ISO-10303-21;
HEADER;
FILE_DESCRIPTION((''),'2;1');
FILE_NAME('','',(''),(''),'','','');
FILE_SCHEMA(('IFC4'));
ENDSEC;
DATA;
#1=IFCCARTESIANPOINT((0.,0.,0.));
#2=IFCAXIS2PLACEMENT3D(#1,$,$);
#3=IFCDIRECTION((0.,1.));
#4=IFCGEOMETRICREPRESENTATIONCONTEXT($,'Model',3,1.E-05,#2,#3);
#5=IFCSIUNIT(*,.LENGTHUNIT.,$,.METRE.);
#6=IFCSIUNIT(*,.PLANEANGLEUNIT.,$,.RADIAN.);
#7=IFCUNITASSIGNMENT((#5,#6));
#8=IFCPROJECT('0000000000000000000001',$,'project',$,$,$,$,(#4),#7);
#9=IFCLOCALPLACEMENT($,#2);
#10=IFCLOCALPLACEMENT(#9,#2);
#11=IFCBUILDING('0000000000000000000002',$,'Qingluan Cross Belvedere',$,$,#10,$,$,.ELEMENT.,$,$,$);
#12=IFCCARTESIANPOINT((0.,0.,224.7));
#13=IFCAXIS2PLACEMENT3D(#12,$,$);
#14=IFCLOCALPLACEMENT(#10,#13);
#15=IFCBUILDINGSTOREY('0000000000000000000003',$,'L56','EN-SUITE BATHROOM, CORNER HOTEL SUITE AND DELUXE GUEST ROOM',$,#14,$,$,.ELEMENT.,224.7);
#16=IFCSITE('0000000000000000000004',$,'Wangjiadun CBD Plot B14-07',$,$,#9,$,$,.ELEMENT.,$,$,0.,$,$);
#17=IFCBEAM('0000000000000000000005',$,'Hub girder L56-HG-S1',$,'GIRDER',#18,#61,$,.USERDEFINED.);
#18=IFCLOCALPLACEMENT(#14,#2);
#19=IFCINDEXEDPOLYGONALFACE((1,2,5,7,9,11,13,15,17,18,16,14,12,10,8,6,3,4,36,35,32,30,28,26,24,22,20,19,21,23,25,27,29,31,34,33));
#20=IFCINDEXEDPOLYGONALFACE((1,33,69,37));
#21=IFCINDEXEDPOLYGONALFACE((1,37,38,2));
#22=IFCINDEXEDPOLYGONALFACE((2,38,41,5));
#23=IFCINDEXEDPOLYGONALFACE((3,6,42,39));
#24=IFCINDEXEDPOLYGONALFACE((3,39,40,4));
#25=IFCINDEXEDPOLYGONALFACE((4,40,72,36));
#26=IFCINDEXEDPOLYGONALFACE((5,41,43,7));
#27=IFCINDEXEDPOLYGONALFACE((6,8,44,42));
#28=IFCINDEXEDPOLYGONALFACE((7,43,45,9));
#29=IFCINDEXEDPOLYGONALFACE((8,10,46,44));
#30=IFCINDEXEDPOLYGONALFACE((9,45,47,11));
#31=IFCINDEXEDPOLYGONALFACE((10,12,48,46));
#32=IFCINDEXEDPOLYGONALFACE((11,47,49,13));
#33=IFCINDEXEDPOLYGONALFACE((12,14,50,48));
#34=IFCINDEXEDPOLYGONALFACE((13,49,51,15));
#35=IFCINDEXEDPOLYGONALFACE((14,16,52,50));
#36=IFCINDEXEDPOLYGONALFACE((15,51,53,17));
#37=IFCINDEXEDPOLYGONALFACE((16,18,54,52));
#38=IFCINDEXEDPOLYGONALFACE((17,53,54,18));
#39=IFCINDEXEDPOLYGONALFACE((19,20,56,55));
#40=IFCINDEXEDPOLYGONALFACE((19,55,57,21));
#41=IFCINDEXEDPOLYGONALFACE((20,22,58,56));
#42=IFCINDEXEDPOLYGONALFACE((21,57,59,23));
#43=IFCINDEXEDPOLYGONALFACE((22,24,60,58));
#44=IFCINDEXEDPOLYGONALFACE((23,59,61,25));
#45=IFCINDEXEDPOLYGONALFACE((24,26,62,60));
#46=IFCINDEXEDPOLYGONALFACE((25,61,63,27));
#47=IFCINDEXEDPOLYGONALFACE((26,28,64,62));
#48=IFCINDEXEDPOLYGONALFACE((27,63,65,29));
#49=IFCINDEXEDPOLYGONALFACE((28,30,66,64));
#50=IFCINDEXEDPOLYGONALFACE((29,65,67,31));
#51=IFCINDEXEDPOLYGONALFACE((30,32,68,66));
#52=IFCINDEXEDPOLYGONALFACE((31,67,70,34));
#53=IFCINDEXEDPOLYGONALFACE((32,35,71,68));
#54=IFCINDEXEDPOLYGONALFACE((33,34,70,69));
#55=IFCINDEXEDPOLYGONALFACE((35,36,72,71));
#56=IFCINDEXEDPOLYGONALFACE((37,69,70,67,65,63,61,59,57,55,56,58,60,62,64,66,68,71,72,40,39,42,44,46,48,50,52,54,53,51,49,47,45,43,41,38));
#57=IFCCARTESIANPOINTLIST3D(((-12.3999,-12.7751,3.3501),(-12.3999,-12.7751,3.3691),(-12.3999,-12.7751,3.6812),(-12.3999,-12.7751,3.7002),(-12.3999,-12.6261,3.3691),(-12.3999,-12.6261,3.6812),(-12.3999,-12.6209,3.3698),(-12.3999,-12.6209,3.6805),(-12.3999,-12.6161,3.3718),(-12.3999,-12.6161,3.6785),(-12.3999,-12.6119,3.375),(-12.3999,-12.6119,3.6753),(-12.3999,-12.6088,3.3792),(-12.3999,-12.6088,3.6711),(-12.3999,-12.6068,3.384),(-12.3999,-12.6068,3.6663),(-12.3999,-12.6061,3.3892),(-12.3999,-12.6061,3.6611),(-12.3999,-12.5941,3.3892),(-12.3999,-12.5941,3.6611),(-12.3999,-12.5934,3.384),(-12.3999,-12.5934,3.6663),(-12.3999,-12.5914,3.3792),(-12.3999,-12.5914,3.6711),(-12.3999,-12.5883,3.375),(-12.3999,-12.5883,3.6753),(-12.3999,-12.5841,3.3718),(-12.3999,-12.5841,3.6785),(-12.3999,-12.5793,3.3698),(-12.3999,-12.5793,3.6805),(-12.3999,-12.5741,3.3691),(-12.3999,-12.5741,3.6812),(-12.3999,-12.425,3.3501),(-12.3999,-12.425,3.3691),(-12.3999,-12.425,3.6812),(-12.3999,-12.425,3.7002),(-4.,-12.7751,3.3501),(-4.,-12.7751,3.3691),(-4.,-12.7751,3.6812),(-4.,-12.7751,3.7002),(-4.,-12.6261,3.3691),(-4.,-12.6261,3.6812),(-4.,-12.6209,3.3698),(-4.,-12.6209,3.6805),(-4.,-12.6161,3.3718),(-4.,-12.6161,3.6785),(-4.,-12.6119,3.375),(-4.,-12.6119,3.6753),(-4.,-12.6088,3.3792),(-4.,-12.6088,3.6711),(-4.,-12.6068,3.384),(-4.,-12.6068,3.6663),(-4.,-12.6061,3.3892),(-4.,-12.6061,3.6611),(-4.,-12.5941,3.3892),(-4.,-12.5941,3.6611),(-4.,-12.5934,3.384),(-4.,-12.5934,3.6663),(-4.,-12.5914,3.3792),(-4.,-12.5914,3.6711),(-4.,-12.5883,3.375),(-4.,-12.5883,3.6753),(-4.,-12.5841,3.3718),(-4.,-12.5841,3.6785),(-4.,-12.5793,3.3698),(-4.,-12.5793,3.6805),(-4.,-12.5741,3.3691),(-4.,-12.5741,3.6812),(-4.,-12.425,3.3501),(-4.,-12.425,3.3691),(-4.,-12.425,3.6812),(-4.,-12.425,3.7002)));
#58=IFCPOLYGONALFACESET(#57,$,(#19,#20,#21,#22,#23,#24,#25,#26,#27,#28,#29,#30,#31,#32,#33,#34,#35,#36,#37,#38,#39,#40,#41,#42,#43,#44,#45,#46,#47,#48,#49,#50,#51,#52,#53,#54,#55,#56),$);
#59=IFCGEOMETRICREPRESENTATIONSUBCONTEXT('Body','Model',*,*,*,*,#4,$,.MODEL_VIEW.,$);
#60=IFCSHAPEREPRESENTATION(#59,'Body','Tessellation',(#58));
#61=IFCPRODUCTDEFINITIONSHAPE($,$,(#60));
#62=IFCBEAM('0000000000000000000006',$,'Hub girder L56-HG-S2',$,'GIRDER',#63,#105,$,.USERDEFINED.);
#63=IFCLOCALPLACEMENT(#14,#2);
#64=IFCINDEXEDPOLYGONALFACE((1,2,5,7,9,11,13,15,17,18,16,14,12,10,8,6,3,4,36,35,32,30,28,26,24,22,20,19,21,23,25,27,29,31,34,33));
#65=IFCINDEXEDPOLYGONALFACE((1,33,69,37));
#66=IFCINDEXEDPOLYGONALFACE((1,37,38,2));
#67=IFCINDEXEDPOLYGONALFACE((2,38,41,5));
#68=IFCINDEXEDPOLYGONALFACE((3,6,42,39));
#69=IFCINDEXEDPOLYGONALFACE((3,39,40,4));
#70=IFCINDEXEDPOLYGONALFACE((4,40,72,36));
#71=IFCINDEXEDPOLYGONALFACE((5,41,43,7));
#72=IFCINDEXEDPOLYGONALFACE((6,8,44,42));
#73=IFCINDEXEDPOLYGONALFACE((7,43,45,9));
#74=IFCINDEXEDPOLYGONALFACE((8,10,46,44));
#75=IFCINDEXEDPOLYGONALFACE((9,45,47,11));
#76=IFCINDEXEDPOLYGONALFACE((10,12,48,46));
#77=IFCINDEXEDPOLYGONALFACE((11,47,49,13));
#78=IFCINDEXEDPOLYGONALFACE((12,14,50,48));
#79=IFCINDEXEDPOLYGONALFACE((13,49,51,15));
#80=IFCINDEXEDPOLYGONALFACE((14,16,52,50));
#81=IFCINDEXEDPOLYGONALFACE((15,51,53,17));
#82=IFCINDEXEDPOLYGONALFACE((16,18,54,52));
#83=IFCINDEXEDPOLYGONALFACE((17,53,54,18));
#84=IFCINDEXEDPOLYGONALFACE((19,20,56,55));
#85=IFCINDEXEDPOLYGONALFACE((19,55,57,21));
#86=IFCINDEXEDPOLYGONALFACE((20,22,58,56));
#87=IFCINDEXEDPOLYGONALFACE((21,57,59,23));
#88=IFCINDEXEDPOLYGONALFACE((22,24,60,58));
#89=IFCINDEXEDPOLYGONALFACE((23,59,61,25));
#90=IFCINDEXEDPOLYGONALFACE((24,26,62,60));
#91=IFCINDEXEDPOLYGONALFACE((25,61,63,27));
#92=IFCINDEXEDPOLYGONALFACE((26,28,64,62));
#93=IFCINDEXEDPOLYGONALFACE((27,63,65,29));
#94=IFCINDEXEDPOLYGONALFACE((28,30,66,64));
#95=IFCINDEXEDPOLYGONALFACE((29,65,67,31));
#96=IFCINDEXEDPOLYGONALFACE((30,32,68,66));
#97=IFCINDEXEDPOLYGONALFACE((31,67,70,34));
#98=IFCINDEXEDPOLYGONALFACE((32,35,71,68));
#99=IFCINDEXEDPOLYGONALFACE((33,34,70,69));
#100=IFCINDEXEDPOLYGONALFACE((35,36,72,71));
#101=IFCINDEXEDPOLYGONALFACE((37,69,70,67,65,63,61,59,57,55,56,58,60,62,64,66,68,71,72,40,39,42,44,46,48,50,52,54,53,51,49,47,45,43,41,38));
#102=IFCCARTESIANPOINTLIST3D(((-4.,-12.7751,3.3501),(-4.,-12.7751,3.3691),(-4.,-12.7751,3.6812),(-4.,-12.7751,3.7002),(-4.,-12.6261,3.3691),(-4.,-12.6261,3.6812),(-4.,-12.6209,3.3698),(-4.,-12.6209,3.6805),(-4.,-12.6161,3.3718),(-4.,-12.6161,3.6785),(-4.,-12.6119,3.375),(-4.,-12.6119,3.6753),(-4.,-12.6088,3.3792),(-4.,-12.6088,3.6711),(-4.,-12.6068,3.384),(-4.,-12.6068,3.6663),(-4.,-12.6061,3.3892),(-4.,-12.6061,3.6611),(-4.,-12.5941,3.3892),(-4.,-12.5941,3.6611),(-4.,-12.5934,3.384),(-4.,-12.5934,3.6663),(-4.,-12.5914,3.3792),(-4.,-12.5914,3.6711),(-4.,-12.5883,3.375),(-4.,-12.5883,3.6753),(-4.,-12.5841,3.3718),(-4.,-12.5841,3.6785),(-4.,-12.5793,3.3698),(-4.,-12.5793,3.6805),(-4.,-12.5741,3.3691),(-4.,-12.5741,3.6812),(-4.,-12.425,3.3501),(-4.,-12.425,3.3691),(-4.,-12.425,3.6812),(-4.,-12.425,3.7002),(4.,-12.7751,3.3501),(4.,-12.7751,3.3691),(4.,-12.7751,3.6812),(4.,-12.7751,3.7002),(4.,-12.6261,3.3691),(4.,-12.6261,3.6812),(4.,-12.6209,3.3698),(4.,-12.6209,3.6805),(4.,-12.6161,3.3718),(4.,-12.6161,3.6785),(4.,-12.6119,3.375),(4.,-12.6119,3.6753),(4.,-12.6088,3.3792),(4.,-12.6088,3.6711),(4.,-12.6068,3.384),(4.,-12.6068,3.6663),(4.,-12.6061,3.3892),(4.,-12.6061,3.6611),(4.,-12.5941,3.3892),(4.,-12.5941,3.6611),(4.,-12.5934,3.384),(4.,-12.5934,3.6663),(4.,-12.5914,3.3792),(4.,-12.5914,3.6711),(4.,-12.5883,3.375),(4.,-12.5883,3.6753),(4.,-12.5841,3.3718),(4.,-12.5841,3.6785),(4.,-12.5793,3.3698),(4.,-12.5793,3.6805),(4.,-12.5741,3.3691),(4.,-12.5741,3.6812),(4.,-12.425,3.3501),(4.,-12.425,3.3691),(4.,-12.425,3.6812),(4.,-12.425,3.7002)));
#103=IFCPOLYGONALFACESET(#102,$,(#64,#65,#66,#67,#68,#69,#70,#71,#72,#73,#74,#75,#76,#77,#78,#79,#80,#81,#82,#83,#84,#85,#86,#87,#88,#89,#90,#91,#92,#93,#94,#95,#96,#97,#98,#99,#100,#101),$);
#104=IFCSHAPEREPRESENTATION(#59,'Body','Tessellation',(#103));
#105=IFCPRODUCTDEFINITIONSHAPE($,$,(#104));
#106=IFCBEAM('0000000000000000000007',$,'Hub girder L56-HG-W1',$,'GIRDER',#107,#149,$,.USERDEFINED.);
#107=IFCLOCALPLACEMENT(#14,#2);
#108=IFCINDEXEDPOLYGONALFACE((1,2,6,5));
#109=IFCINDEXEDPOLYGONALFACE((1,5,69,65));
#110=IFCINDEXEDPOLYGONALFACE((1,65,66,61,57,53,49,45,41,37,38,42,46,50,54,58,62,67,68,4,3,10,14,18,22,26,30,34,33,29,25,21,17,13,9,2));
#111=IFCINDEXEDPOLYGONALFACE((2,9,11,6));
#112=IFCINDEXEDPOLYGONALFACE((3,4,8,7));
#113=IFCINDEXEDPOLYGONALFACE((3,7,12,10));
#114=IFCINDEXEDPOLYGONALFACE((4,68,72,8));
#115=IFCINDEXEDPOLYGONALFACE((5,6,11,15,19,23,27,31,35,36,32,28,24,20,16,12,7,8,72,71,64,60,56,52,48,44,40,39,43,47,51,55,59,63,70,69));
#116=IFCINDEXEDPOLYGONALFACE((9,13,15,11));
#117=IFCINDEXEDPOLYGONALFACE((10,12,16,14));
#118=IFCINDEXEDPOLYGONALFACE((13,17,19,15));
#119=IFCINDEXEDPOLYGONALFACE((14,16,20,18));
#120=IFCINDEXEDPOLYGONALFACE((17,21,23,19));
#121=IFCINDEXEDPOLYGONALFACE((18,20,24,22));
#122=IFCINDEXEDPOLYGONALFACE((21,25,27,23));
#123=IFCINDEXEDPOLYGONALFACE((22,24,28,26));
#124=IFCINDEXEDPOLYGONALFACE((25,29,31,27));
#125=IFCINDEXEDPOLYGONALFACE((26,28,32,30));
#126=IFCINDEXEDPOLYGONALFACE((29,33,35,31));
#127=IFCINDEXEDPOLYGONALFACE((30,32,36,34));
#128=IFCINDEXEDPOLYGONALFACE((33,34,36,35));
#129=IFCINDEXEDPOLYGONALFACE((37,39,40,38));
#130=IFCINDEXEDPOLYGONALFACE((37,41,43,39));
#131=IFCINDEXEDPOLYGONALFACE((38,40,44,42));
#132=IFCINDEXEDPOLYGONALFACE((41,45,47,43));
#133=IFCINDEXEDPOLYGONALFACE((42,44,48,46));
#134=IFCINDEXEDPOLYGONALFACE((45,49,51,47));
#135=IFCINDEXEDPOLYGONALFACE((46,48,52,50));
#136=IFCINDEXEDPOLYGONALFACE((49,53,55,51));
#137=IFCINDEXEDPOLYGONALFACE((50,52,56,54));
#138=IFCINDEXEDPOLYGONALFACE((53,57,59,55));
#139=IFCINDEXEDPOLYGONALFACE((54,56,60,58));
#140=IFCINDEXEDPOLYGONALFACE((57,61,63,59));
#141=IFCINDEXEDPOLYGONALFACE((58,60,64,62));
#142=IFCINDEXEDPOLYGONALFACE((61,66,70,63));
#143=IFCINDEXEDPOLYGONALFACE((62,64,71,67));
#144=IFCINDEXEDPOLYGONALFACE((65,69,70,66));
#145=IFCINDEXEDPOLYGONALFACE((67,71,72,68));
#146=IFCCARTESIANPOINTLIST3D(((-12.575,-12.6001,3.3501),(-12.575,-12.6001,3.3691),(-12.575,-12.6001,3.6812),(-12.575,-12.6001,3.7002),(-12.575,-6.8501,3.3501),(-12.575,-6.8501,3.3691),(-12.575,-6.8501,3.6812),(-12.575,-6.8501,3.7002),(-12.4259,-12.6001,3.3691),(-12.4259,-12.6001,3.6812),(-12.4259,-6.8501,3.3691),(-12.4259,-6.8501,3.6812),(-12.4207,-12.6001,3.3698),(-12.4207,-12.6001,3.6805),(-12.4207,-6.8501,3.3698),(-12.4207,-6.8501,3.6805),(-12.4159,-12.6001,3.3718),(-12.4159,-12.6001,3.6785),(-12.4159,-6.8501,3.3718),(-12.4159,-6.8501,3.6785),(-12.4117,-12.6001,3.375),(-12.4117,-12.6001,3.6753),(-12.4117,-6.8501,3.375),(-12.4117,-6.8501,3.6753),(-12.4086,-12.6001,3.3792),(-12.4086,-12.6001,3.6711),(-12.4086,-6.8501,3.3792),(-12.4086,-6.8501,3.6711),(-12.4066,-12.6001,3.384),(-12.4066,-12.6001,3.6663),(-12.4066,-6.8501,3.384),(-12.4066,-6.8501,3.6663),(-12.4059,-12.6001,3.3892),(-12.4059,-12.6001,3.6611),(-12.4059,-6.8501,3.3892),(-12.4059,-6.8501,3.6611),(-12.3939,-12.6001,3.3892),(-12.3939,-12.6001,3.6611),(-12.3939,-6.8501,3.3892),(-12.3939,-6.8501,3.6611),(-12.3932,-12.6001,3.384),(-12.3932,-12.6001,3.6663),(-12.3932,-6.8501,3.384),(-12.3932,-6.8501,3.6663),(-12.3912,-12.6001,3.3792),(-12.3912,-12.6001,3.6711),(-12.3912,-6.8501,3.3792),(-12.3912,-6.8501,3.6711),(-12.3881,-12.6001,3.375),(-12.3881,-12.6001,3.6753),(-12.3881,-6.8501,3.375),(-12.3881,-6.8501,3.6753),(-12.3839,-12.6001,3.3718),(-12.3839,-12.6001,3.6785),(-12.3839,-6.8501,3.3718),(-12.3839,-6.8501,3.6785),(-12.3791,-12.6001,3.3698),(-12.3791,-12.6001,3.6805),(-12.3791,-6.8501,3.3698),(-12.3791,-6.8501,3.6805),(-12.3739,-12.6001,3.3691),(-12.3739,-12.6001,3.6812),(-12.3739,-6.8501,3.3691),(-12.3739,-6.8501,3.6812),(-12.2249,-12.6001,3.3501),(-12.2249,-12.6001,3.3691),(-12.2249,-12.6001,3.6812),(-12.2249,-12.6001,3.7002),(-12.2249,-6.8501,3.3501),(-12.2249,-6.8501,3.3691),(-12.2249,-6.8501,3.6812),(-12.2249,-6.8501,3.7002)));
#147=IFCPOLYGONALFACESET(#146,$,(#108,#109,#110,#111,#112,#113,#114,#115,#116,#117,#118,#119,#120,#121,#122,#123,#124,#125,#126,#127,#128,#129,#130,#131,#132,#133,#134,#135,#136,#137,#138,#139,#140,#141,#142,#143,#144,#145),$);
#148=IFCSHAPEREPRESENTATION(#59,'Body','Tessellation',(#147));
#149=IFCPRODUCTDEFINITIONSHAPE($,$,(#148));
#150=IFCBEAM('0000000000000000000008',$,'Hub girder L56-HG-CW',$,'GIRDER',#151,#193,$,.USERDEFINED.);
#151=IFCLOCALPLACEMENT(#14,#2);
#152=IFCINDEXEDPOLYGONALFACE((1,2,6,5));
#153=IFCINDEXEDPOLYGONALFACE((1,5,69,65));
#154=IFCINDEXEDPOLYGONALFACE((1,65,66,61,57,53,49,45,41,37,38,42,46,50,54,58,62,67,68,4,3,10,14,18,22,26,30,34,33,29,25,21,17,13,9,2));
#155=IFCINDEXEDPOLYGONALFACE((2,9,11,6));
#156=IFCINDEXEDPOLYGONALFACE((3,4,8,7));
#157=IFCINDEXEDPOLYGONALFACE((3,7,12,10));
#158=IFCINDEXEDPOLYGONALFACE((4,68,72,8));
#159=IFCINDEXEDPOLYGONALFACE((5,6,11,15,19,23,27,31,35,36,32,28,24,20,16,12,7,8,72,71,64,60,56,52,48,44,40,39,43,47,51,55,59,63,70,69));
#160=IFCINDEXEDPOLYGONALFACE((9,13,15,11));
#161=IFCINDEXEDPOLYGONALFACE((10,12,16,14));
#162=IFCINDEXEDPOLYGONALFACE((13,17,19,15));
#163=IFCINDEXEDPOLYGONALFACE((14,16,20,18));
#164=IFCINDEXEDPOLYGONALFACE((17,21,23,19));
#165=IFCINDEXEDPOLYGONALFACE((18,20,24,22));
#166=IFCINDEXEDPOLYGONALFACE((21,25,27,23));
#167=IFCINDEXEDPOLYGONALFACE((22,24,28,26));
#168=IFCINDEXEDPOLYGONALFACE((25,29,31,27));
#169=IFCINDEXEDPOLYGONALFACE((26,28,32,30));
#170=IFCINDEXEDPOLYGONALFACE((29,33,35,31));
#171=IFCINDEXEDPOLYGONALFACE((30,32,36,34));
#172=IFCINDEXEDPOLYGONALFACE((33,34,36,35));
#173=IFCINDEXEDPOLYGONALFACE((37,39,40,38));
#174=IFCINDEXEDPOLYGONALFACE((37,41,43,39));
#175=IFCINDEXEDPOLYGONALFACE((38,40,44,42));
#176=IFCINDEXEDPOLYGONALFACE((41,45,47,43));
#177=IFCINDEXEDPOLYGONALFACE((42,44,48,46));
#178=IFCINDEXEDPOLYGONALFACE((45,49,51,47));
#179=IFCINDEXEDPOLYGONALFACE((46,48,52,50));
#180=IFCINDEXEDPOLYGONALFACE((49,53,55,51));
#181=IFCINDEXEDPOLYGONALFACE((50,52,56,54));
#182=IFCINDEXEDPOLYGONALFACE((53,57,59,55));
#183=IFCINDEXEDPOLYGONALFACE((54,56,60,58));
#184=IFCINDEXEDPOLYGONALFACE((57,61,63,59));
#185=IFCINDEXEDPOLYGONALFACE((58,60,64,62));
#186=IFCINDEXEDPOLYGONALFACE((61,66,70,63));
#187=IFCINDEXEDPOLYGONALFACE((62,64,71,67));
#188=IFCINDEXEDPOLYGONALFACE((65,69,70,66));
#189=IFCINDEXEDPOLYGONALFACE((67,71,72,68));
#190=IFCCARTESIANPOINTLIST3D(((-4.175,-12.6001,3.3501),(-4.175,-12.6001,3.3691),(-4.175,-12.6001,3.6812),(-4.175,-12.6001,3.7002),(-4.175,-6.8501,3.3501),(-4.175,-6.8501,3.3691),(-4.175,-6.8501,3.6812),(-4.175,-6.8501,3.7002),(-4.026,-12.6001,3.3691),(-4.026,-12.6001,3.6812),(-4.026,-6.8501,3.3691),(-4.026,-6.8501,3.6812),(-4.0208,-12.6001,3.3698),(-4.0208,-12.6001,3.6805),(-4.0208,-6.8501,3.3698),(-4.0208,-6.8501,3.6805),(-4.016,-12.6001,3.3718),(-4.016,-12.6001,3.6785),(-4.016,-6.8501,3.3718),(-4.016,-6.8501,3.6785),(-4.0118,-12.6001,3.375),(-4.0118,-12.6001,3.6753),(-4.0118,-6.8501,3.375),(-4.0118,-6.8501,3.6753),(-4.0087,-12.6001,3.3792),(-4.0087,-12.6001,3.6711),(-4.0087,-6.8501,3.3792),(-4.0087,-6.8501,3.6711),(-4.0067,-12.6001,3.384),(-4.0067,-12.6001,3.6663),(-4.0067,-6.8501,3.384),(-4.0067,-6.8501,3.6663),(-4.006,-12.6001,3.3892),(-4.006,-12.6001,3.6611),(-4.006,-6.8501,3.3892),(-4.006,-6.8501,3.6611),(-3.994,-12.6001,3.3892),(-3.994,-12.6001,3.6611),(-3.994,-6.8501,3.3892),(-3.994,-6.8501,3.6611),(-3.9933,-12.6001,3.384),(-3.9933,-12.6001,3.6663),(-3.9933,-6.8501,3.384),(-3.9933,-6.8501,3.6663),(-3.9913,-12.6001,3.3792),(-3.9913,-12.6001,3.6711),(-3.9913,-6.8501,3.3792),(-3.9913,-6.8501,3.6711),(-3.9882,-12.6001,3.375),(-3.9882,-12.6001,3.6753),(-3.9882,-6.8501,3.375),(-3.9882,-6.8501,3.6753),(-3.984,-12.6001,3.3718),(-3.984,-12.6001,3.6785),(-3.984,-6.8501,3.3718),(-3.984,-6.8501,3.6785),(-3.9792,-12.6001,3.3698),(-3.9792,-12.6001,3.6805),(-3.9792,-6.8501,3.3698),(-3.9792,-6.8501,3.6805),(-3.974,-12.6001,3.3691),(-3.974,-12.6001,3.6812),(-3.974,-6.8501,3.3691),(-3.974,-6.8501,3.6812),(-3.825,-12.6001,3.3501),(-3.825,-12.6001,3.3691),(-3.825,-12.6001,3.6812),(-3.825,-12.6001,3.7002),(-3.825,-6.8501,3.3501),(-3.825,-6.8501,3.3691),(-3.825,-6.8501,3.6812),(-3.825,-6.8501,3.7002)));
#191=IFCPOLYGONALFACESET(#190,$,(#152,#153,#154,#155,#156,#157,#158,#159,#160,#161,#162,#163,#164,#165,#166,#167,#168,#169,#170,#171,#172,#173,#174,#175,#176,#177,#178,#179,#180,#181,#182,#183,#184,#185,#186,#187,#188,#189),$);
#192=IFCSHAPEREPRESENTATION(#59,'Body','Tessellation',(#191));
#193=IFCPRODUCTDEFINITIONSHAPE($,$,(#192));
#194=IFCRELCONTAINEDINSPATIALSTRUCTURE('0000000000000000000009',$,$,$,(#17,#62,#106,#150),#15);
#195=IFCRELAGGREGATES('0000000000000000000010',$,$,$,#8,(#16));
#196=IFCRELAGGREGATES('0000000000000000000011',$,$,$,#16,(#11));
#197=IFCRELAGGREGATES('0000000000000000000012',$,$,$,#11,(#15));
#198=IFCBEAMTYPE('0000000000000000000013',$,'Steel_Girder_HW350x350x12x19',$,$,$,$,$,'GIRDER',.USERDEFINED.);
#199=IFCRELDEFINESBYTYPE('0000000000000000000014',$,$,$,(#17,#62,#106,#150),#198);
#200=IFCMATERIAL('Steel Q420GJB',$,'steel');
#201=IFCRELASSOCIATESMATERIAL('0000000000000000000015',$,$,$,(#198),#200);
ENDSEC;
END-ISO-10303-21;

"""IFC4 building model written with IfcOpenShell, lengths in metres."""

from ifc_helpers import new_model, si_unit, direction, frame, origin, origin_2d, place, context, subcontext, project, spatial, i_section, extrude, material, material_profile, profile_set, type_object, element, save


model = new_model("IFC4")

# Units and contexts
model_context = context("Model", 3, precision=1e-05, world=origin(), true_north=direction((0.0, 1.0)))
body_context = subcontext(model_context, "Body", "Model", "MODEL_VIEW")
ifc_project = project(units=[si_unit("LENGTHUNIT", "METRE"), si_unit("PLANEANGLEUNIT", "RADIAN")], contexts=[model_context])

# Site, building, storey
site_placement = place(None, origin())
site = spatial("IfcSite", under=ifc_project, at=site_placement, Name="Wangjiadun CBD Plot B14-07", CompositionType="ELEMENT", RefElevation=0.0)
building_placement = place(site_placement, origin())
building = spatial("IfcBuilding", under=site, at=building_placement, Name="Qingluan Cross Belvedere", CompositionType="ELEMENT")
storey_placement = place(building_placement, frame((0.0, 0.0, 224.7)))
storey = spatial("IfcBuildingStorey", under=building, at=storey_placement, Name="L56", Description="EN-SUITE BATHROOM, CORNER HOTEL SUITE AND DELUXE GUEST ROOM", CompositionType="ELEMENT", Elevation=224.7)

# Beams
ifc_material_1 = material(Name="Steel Q420GJB", Category="steel")
ifc_material_profile_1 = material_profile(ifc_material_1, i_section(OverallWidth=0.3501, OverallDepth=0.3501, WebThickness=0.012, FlangeThickness=0.019, FilletRadius=0.02, at=origin_2d()), Name="HW350x350x12x19")
ifc_profile_set_1 = profile_set([ifc_material_profile_1], Name="Steel Q420GJB")
beam_type_1 = type_object("IfcBeamType", Name="Steel_Girder_HW350x350x12x19", ElementType="GIRDER", PredefinedType="USERDEFINED", material=ifc_profile_set_1)
beam_1_placement = place(storey_placement, frame((-12.3999, -12.6001, 3.5251), z_axis=(1.0, 0.0, 0.0), x_axis=(0.0, 1.0, 0.0)))
element("IfcBeam", 1, at=beam_1_placement, inside=storey, type_object=beam_type_1, Name="Hub girder L56-HG-S1", ObjectType="GIRDER", PredefinedType="USERDEFINED", context=body_context, shape_type="SweptSolid", body=[
    extrude(i_section(OverallWidth=0.3501, OverallDepth=0.3501, WebThickness=0.012, FlangeThickness=0.019, FilletRadius=0.02, at=origin_2d()), origin(), (0.0, 0.0, 1.0), 8.3999),
])
beam_2_placement = place(storey_placement, frame((-4.0, -12.6001, 3.5251), z_axis=(1.0, 0.0, 0.0), x_axis=(0.0, 1.0, 0.0)))
element("IfcBeam", 2, at=beam_2_placement, inside=storey, type_object=beam_type_1, Name="Hub girder L56-HG-S2", ObjectType="GIRDER", PredefinedType="USERDEFINED", context=body_context, shape_type="SweptSolid", body=[
    extrude(i_section(OverallWidth=0.3501, OverallDepth=0.3501, WebThickness=0.012, FlangeThickness=0.019, FilletRadius=0.02, at=origin_2d()), origin(), (0.0, 0.0, 1.0), 8.0),
])
for number, where, z_axis, x_axis, name in (
    (3, (-12.3999, -12.6001, 3.5251), (0.0, 1.0, 0.0), (-1.0, 0.0, 0.0), "Hub girder L56-HG-W1"),
    (4, (-4.0, -12.6001, 3.5251), (0.0, 1.0, 0.0), (-1.0, 0.0, 0.0), "Hub girder L56-HG-CW"),
):
    element("IfcBeam", number, at=place(storey_placement, frame(where, z_axis=z_axis, x_axis=x_axis)), inside=storey, type_object=beam_type_1, Name=name, ObjectType="GIRDER", PredefinedType="USERDEFINED", context=body_context, shape_type="SweptSolid", body=[
        extrude(i_section(OverallWidth=0.3501, OverallDepth=0.3501, WebThickness=0.012, FlangeThickness=0.019, FilletRadius=0.02, at=origin_2d()), origin(), (0.0, 0.0, 1.0), 5.75),
    ])

save(model, "model.ifc")
